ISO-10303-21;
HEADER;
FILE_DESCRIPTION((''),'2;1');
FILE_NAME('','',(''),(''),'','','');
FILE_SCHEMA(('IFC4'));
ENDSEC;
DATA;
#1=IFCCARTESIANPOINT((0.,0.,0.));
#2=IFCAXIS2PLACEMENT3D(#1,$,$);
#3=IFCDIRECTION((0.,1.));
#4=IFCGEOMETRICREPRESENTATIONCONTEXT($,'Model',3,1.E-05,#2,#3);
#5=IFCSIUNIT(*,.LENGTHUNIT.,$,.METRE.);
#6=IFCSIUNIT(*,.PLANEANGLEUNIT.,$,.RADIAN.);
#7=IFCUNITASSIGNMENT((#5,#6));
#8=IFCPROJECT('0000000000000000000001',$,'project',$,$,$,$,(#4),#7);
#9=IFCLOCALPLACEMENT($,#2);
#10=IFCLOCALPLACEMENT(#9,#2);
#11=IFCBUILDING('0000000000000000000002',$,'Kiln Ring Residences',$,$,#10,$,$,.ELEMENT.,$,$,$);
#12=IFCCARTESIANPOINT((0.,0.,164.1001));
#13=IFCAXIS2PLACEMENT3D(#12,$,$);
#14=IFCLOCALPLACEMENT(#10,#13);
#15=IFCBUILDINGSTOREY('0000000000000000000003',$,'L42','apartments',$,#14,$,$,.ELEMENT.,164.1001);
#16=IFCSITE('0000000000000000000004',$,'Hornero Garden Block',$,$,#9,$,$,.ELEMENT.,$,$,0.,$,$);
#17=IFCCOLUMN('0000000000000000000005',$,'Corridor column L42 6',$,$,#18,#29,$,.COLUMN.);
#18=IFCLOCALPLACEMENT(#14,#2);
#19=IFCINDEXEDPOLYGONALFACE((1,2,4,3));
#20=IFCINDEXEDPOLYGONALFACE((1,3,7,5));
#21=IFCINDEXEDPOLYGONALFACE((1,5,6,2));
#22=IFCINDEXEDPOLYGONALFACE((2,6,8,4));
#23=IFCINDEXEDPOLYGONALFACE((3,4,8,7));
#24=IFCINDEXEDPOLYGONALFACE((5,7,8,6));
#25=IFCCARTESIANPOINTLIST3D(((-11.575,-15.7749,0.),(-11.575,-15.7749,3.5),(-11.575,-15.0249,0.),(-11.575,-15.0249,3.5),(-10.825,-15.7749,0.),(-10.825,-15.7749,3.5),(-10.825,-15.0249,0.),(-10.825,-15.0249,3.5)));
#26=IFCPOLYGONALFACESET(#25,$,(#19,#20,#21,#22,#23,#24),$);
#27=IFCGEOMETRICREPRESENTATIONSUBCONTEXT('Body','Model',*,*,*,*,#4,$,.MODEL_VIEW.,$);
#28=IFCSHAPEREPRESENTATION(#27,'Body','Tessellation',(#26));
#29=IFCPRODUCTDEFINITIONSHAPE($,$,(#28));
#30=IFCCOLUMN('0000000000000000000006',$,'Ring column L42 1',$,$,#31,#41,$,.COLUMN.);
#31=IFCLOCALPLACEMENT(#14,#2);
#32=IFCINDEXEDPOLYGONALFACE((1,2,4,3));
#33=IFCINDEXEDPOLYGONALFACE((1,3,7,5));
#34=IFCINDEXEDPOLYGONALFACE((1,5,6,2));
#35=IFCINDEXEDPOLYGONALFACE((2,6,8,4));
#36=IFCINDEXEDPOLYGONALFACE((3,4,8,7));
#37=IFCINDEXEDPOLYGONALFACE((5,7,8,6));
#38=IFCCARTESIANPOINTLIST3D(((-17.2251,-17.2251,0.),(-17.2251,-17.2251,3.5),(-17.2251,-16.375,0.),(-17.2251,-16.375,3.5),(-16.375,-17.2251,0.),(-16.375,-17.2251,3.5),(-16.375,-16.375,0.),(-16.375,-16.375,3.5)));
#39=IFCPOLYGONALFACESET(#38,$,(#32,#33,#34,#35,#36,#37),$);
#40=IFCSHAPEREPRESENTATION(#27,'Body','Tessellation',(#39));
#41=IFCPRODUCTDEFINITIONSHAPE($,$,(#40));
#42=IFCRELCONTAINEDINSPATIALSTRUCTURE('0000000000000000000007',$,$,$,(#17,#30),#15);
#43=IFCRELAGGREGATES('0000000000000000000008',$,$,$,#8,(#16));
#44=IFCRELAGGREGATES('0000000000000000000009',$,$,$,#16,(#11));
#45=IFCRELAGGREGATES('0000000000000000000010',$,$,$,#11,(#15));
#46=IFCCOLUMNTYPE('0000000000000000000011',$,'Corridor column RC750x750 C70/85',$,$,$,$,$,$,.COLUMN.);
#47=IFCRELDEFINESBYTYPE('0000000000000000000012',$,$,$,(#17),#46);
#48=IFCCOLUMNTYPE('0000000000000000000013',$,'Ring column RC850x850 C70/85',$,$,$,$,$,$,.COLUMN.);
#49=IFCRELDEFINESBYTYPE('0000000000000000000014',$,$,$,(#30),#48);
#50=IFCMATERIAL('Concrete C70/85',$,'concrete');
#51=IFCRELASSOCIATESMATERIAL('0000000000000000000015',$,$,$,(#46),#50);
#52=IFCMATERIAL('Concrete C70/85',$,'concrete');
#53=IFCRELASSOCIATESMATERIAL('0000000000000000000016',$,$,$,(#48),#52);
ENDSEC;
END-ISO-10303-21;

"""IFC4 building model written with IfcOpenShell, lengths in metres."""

from ifc_helpers import new_model, si_unit, direction, frame, origin, origin_2d, place, context, subcontext, project, spatial, rectangle, extrude, material, material_profile, profile_set, type_object, element, save


model = new_model("IFC4")

# Units and contexts
model_context = context("Model", 3, precision=1e-05, world=origin(), true_north=direction((0.0, 1.0)))
body_context = subcontext(model_context, "Body", "Model", "MODEL_VIEW")
ifc_project = project(units=[si_unit("LENGTHUNIT", "METRE"), si_unit("PLANEANGLEUNIT", "RADIAN")], contexts=[model_context])

# Site, building, storey
site_placement = place(None, origin())
site = spatial("IfcSite", under=ifc_project, at=site_placement, Name="Hornero Garden Block", CompositionType="ELEMENT", RefElevation=0.0)
building_placement = place(site_placement, origin())
building = spatial("IfcBuilding", under=site, at=building_placement, Name="Kiln Ring Residences", CompositionType="ELEMENT")
storey_placement = place(building_placement, frame((0.0, 0.0, 164.1001)))
storey = spatial("IfcBuildingStorey", under=building, at=storey_placement, Name="L42", Description="apartments", CompositionType="ELEMENT", Elevation=164.1001)

# Columns
ifc_material_1 = material(Name="Concrete C70/85", Category="concrete")
ifc_material_profile_1 = material_profile(ifc_material_1, rectangle(XDim=0.75, YDim=0.75, at=origin_2d()), Name="RC750x750")
ifc_profile_set_1 = profile_set([ifc_material_profile_1], Name="Concrete C70/85")
column_type_1 = type_object("IfcColumnType", Name="Corridor column RC750x750 C70/85", PredefinedType="COLUMN", material=ifc_profile_set_1)
column_1_placement = place(storey_placement, frame((-11.2, -15.3999, 0.0), z_axis=(0.0, 0.0, 1.0), x_axis=(1.0, 0.0, 0.0)))
element("IfcColumn", 1, at=column_1_placement, inside=storey, type_object=column_type_1, Name="Corridor column L42 6", PredefinedType="COLUMN", context=body_context, shape_type="SweptSolid", body=[
    extrude(rectangle(XDim=0.75, YDim=0.75, at=origin_2d()), origin(), (0.0, 0.0, 1.0), 3.5),
])
ifc_material_2 = material(Name="Concrete C70/85", Category="concrete")
ifc_material_profile_2 = material_profile(ifc_material_2, rectangle(XDim=0.8501, YDim=0.8501, at=origin_2d()), Name="RC850x850")
ifc_profile_set_2 = profile_set([ifc_material_profile_2], Name="Concrete C70/85")
column_type_2 = type_object("IfcColumnType", Name="Ring column RC850x850 C70/85", PredefinedType="COLUMN", material=ifc_profile_set_2)
column_2_placement = place(storey_placement, frame((-16.8, -16.8, 0.0), z_axis=(0.0, 0.0, 1.0), x_axis=(1.0, 0.0, 0.0)))
element("IfcColumn", 2, at=column_2_placement, inside=storey, type_object=column_type_2, Name="Ring column L42 1", PredefinedType="COLUMN", context=body_context, shape_type="SweptSolid", body=[
    extrude(rectangle(XDim=0.8501, YDim=0.8501, at=origin_2d()), origin(), (0.0, 0.0, 1.0), 3.5),
])

save(model, "model.ifc")
